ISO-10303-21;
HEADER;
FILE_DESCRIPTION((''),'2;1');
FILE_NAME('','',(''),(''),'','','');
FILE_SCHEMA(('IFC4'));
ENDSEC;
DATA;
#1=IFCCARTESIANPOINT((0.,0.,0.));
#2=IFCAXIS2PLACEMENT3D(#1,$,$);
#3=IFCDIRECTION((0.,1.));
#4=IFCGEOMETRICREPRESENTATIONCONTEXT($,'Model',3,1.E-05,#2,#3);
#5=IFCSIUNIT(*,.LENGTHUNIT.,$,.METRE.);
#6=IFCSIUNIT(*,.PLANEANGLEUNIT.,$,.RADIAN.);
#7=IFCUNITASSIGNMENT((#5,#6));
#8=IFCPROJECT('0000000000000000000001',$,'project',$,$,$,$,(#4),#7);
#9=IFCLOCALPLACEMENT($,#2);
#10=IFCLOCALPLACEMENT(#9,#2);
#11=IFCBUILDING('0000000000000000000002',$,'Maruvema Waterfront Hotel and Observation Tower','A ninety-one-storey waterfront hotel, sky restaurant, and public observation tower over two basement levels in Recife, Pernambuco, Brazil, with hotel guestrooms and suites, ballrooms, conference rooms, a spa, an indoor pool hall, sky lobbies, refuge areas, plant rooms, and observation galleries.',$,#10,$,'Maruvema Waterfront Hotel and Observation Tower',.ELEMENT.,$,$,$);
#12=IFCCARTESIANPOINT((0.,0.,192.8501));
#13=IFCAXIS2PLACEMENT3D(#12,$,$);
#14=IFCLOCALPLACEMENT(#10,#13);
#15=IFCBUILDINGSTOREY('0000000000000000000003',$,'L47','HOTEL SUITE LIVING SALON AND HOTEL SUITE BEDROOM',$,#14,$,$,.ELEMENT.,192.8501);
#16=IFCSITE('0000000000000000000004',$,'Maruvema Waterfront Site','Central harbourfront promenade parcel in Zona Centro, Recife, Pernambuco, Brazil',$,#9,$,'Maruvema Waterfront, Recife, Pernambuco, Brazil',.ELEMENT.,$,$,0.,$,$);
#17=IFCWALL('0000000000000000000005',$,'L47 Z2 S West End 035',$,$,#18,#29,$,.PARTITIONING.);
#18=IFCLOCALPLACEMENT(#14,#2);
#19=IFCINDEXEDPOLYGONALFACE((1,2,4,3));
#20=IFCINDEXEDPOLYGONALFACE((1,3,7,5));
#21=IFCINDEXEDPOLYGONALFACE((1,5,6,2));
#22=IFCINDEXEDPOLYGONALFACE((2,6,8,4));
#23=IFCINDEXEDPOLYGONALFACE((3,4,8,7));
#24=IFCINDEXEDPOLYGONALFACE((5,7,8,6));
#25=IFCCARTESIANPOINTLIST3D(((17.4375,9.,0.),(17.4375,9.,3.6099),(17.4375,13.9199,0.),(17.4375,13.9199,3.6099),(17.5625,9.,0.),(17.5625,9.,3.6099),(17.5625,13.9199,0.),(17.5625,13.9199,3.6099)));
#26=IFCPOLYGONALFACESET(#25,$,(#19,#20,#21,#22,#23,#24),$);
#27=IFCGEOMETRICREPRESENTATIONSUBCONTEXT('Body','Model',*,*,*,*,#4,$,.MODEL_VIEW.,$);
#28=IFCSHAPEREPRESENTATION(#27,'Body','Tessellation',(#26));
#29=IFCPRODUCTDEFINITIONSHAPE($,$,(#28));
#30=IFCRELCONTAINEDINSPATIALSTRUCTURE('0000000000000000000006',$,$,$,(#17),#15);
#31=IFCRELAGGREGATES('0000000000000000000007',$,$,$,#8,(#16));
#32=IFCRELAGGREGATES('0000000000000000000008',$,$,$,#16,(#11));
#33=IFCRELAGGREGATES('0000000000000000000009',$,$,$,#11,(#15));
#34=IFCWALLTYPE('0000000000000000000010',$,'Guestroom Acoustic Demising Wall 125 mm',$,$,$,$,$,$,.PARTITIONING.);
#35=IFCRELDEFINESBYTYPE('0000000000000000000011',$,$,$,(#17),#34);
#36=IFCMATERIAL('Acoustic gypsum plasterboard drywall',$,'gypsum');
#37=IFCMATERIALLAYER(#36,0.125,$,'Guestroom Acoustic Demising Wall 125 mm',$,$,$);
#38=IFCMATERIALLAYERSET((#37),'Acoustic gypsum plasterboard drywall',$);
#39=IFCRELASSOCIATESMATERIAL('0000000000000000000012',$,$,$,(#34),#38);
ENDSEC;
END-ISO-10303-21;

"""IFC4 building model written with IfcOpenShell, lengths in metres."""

from ifc_helpers import new_model, si_unit, direction, frame, frame_2d, origin, place, context, subcontext, project, spatial, rectangle, extrude, material, layer, layer_set, type_object, element, save


model = new_model("IFC4")

# Units and contexts
model_context = context("Model", 3, precision=1e-05, world=origin(), true_north=direction((0.0, 1.0)))
body_context = subcontext(model_context, "Body", "Model", "MODEL_VIEW")
ifc_project = project(units=[si_unit("LENGTHUNIT", "METRE"), si_unit("PLANEANGLEUNIT", "RADIAN")], contexts=[model_context])

# Site, building, storey
site_placement = place(None, origin())
site = spatial("IfcSite", under=ifc_project, at=site_placement, Name="Maruvema Waterfront Site", Description="Central harbourfront promenade parcel in Zona Centro, Recife, Pernambuco, Brazil", LongName="Maruvema Waterfront, Recife, Pernambuco, Brazil", CompositionType="ELEMENT", RefElevation=0.0)
building_placement = place(site_placement, origin())
building = spatial("IfcBuilding", under=site, at=building_placement, Name="Maruvema Waterfront Hotel and Observation Tower", Description="A ninety-one-storey waterfront hotel, sky restaurant, and public observation tower over two basement levels in Recife, Pernambuco, Brazil, with hotel guestrooms and suites, ballrooms, conference rooms, a spa, an indoor pool hall, sky lobbies, refuge areas, plant rooms, and observation galleries.", LongName="Maruvema Waterfront Hotel and Observation Tower", CompositionType="ELEMENT")
storey_placement = place(building_placement, frame((0.0, 0.0, 192.8501)))
storey = spatial("IfcBuildingStorey", under=building, at=storey_placement, Name="L47", Description="HOTEL SUITE LIVING SALON AND HOTEL SUITE BEDROOM", CompositionType="ELEMENT", Elevation=192.8501)

# Wall
ifc_material_1 = material(Name="Acoustic gypsum plasterboard drywall", Category="gypsum")
ifc_layer_1 = layer(ifc_material_1, 0.125, Name="Guestroom Acoustic Demising Wall 125 mm")
ifc_layer_set_1 = layer_set([ifc_layer_1], Name="Acoustic gypsum plasterboard drywall")
wall_type_1 = type_object("IfcWallType", Name="Guestroom Acoustic Demising Wall 125 mm", PredefinedType="PARTITIONING", material=ifc_layer_set_1)
wall_1_placement = place(storey_placement, frame((17.5, 9.0, 0.0), z_axis=(0.0, 0.0, 1.0), x_axis=(0.0, 1.0, 0.0)))
element("IfcWall", 1, at=wall_1_placement, inside=storey, type_object=wall_type_1, Name="L47 Z2 S West End 035", PredefinedType="PARTITIONING", context=body_context, shape_type="SweptSolid", body=[
    extrude(rectangle(XDim=4.9199, YDim=0.125, at=frame_2d((2.46, 0.0))), origin(), (0.0, 0.0, 1.0), 3.6099),
])

save(model, "model.ifc")
